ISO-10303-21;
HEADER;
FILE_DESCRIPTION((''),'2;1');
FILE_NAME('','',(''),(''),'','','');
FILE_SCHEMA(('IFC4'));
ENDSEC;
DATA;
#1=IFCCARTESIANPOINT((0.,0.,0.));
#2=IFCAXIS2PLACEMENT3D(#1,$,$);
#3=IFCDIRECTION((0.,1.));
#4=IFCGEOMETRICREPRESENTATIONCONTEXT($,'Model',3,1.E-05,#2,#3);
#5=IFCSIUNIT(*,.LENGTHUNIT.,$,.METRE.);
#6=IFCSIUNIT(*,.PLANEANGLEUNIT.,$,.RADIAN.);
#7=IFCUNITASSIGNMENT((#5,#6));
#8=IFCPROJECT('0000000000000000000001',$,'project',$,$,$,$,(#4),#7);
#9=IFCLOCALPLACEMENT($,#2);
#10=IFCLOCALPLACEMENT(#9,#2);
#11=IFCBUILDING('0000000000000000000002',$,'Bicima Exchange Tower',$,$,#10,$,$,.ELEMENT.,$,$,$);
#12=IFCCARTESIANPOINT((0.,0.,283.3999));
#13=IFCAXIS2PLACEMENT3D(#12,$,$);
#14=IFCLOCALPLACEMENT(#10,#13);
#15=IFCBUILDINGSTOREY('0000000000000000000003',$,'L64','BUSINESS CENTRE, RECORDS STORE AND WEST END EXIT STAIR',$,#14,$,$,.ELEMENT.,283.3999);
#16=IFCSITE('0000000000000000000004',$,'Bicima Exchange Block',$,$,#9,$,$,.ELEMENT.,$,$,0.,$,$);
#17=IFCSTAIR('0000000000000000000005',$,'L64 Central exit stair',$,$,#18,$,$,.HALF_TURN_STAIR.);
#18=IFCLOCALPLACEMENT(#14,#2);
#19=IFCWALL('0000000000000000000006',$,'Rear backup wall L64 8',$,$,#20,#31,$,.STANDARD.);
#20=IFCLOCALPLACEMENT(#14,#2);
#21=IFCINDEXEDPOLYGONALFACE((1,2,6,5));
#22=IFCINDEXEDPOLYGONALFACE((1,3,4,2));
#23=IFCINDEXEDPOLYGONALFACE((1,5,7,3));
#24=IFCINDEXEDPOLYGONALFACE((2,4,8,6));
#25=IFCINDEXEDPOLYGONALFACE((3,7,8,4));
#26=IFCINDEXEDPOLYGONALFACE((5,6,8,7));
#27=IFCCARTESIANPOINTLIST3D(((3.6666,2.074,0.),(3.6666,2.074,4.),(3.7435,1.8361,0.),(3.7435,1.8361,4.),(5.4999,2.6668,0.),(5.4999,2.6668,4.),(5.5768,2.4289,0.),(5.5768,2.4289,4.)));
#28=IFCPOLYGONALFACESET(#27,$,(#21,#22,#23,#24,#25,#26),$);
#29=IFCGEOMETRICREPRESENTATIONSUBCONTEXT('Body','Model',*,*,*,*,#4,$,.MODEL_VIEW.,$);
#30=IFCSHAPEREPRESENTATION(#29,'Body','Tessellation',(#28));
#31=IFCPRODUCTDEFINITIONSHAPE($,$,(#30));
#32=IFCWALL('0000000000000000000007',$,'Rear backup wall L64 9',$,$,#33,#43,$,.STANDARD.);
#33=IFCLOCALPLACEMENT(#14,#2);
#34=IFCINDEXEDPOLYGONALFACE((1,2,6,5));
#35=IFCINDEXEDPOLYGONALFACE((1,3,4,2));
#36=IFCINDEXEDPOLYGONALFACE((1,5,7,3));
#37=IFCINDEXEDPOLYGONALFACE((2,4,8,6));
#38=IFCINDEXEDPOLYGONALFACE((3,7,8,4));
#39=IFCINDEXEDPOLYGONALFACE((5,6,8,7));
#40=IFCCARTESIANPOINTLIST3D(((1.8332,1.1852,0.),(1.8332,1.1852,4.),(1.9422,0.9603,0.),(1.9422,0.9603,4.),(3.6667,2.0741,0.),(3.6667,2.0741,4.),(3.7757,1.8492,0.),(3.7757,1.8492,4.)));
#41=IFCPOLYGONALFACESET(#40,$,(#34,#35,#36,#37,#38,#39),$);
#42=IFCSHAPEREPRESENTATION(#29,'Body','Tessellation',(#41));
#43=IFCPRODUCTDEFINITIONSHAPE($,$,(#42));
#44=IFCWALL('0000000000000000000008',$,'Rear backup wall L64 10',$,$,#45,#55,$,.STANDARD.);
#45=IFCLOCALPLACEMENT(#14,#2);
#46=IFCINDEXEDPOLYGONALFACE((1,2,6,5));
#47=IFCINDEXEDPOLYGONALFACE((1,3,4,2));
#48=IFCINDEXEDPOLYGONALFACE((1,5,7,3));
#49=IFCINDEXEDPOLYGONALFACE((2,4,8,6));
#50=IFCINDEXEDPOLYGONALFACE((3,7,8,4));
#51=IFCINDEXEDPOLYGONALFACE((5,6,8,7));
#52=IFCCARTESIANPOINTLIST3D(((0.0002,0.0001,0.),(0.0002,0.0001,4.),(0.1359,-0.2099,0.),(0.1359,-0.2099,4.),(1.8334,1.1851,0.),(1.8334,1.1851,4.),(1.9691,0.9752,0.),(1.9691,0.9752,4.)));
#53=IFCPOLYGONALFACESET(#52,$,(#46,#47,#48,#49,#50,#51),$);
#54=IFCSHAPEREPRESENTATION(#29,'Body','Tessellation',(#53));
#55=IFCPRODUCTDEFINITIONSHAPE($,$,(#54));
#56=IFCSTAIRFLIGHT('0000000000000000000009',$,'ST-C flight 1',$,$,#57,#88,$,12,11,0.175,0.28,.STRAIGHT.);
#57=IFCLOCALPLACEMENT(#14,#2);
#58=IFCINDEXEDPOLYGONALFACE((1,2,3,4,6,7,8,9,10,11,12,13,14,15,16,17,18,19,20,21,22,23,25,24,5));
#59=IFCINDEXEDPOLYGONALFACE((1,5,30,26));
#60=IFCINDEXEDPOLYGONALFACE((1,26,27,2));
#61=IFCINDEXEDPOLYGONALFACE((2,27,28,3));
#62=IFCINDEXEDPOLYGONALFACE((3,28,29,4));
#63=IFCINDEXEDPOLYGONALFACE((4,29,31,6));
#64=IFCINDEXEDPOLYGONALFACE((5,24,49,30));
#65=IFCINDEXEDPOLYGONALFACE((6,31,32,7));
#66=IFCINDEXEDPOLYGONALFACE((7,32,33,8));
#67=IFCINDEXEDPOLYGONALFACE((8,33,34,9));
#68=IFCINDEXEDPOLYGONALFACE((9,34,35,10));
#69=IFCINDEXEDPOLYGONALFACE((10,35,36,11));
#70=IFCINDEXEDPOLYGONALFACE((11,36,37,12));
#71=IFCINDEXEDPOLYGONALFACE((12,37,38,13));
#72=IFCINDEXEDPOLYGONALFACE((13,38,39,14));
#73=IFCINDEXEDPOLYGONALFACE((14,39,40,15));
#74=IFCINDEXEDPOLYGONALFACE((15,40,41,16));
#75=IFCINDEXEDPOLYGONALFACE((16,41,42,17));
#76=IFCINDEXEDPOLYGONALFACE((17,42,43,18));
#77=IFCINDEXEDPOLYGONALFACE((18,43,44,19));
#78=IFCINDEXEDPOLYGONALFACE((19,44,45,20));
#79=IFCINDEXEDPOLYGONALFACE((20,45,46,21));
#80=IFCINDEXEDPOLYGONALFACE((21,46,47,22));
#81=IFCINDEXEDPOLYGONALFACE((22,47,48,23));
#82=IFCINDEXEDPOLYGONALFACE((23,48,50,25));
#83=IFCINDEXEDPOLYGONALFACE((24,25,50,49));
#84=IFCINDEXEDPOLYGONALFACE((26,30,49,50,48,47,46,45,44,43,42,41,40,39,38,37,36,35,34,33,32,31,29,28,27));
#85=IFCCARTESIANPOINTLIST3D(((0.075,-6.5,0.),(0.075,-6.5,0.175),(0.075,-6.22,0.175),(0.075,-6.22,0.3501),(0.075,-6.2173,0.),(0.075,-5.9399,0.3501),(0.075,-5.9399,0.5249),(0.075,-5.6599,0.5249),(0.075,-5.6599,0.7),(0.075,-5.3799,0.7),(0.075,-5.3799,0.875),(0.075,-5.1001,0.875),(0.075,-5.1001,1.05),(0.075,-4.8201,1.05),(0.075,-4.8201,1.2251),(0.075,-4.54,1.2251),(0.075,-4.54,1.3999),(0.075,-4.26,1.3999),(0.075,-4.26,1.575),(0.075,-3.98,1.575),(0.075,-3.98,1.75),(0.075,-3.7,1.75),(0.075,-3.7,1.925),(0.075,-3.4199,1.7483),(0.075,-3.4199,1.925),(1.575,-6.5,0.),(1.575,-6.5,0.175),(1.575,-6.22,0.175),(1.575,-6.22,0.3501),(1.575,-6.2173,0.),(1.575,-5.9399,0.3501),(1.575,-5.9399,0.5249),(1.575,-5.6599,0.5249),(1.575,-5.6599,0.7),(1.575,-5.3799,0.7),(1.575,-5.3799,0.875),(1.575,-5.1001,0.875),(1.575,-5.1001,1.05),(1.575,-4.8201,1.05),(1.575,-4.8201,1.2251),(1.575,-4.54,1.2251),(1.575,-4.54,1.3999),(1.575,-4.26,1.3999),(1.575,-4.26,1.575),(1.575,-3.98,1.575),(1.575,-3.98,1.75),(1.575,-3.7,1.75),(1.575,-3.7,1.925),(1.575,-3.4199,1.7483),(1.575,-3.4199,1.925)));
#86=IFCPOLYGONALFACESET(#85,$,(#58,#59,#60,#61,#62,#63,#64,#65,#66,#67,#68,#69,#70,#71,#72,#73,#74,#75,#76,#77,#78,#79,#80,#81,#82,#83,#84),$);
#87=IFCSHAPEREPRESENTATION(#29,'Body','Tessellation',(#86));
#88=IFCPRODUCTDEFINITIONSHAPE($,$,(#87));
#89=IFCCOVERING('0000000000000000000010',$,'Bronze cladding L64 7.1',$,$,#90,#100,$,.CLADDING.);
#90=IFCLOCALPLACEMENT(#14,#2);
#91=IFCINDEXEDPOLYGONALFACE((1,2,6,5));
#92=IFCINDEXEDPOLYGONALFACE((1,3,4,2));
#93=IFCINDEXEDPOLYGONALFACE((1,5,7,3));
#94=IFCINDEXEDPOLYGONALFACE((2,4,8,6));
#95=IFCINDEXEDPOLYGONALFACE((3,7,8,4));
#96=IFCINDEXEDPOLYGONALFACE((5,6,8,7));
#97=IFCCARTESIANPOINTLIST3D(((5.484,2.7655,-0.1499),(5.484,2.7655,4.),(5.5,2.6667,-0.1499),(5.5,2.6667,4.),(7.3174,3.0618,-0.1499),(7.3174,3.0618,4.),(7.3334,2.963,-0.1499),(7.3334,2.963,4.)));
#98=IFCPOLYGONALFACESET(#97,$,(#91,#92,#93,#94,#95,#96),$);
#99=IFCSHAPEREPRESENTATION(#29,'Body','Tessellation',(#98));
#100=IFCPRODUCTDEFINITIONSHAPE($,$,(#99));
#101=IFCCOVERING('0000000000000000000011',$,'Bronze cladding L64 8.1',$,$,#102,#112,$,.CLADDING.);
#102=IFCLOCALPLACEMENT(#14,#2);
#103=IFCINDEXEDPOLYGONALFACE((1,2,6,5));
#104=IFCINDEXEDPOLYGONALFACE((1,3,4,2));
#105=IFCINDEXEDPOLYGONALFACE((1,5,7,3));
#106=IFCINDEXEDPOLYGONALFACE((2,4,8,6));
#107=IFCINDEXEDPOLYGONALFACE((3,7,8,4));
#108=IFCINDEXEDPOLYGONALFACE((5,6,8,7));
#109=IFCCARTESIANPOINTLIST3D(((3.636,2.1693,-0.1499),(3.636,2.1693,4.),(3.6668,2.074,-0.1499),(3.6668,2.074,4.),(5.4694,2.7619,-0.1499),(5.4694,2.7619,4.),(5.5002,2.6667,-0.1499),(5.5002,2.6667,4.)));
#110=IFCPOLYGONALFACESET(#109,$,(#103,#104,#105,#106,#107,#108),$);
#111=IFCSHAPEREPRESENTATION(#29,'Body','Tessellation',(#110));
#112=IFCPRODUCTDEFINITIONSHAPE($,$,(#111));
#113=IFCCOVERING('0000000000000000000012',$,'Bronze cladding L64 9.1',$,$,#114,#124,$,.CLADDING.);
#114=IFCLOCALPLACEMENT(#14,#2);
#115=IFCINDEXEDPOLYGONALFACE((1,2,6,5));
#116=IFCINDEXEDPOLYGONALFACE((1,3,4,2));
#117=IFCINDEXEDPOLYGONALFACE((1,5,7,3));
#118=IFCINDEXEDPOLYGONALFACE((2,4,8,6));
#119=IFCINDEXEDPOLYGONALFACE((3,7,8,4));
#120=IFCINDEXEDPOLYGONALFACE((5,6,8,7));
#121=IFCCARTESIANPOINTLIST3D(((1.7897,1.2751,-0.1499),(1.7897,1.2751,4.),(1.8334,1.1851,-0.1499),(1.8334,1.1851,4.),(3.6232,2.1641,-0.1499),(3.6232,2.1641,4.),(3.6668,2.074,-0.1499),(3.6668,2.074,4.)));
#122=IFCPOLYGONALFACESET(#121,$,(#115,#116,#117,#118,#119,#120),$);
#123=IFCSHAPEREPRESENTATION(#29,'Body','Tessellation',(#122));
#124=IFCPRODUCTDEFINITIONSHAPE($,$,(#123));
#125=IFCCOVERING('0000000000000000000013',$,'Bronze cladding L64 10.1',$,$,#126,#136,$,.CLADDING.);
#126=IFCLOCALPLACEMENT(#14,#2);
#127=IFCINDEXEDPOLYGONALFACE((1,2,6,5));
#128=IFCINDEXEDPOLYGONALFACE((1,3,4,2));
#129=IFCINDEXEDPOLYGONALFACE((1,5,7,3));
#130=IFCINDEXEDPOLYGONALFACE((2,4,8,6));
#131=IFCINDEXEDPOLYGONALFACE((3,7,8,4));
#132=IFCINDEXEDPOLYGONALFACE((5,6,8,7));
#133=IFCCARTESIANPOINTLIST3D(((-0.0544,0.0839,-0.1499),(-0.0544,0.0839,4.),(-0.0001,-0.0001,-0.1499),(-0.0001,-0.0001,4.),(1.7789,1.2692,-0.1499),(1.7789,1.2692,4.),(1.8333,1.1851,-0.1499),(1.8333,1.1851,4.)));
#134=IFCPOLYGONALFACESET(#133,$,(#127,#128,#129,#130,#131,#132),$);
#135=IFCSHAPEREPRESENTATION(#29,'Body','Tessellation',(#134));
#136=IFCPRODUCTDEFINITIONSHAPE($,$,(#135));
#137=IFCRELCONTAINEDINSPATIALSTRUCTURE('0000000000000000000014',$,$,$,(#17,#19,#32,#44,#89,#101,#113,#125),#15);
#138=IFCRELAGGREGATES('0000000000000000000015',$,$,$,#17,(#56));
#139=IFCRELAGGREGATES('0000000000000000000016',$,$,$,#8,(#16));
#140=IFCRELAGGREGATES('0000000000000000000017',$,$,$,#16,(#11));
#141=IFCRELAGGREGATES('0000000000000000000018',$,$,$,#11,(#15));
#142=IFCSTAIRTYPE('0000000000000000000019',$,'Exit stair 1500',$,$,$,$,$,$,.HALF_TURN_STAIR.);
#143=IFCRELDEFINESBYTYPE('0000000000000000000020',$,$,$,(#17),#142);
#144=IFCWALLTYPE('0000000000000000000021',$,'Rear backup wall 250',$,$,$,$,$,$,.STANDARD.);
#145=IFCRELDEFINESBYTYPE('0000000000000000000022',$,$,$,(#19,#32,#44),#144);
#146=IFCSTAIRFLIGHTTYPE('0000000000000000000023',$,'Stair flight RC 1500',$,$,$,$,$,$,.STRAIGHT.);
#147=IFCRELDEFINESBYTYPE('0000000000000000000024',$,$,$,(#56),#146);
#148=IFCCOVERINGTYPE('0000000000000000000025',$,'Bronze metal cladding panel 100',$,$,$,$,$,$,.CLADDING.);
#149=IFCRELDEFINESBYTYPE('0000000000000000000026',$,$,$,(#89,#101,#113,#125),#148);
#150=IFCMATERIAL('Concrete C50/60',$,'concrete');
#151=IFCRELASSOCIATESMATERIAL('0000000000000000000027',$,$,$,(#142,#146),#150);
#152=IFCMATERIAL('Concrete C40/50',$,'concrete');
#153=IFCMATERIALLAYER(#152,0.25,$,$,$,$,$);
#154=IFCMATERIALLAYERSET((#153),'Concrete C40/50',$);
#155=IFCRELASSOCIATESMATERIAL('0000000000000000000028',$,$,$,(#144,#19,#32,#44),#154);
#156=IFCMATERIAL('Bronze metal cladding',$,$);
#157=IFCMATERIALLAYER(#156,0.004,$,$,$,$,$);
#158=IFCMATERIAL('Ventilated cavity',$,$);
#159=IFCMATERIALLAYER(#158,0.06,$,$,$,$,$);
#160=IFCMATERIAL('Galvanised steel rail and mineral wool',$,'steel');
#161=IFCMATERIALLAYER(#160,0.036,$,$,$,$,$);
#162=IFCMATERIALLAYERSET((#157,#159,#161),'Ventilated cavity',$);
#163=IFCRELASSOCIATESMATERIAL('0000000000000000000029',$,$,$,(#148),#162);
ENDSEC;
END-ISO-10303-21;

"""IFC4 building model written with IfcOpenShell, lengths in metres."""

from ifc_helpers import new_model, si_unit, direction, frame, frame_2d, origin, origin_2d, place, context, subcontext, project, spatial, polyline, rectangle, outline, extrude, material, layer, layer_set, layer_usage, type_object, element, aggregate, save


model = new_model("IFC4")

# Units and contexts
model_context = context("Model", 3, precision=1e-05, world=origin(), true_north=direction((0.0, 1.0)))
body_context = subcontext(model_context, "Body", "Model", "MODEL_VIEW")
ifc_project = project(units=[si_unit("LENGTHUNIT", "METRE"), si_unit("PLANEANGLEUNIT", "RADIAN")], contexts=[model_context])

# Site, building, storey
site_placement = place(None, origin())
site = spatial("IfcSite", under=ifc_project, at=site_placement, Name="Bicima Exchange Block", CompositionType="ELEMENT", RefElevation=0.0)
building_placement = place(site_placement, origin())
building = spatial("IfcBuilding", under=site, at=building_placement, Name="Bicima Exchange Tower", CompositionType="ELEMENT")
storey_placement = place(building_placement, frame((0.0, 0.0, 283.3999)))
storey = spatial("IfcBuildingStorey", under=building, at=storey_placement, Name="L64", Description="BUSINESS CENTRE, RECORDS STORE AND WEST END EXIT STAIR", CompositionType="ELEMENT", Elevation=283.3999)

# Stair
ifc_material_1 = material(Name="Concrete C50/60", Category="concrete")
stair_type_1 = type_object("IfcStairType", Name="Exit stair 1500", PredefinedType="HALF_TURN_STAIR", material=ifc_material_1)
stair_1_placement = place(storey_placement, origin())
stair_1 = element("IfcStair", 1, at=stair_1_placement, inside=storey, type_object=stair_type_1, Name="L64 Central exit stair", PredefinedType="HALF_TURN_STAIR")

# Shared definitions
ifc_material_2 = material(Name="Concrete C40/50", Category="concrete")

# Walls
ifc_layer_1 = layer(ifc_material_2, 0.25)
ifc_layer_set_1 = layer_set([ifc_layer_1], Name="Concrete C40/50")
ifc_layer_usage = layer_usage(ifc_layer_set_1, "AXIS2", "POSITIVE", -0.125)
wall_type_1 = type_object("IfcWallType", Name="Rear backup wall 250", PredefinedType="STANDARD", material=ifc_layer_set_1)
wall_1_placement = place(storey_placement, frame((5.5383, 2.5479, 0.0), z_axis=(0.0, 0.0, 1.0), x_axis=(-0.951496, -0.307662, 0.0)))
element("IfcWall", 2, at=wall_1_placement, inside=storey, type_object=wall_type_1, material=ifc_layer_usage, Name="Rear backup wall L64 8", PredefinedType="STANDARD", context=body_context, shape_type="SweptSolid", body=[
    extrude(rectangle(XDim=1.9268, YDim=0.25, at=frame_2d((0.9634, 0.0))), origin(), (0.0, 0.0, 1.0), 4.0),
])
wall_2_placement = place(storey_placement, frame((3.7212, 1.9617, 0.0), z_axis=(0.0, 0.0, 1.0), x_axis=(-0.899824, -0.436253, 0.0)))
element("IfcWall", 3, at=wall_2_placement, inside=storey, type_object=wall_type_1, material=ifc_layer_usage, Name="Rear backup wall L64 9", PredefinedType="STANDARD", context=body_context, shape_type="SweptSolid", body=[
    extrude(rectangle(XDim=2.0376, YDim=0.25, at=frame_2d((1.0188, 0.0))), origin(), (0.0, 0.0, 1.0), 4.0),
])
wall_3_placement = place(storey_placement, frame((1.9011, 1.0801, 0.0), z_axis=(0.0, 0.0, 1.0), x_axis=(-0.839813, -0.542876, 0.0)))
element("IfcWall", 4, at=wall_3_placement, inside=storey, type_object=wall_type_1, material=ifc_layer_usage, Name="Rear backup wall L64 10", PredefinedType="STANDARD", context=body_context, shape_type="SweptSolid", body=[
    extrude(rectangle(XDim=2.1829, YDim=0.25, at=frame_2d((1.0913, 0.0))), origin(), (0.0, 0.0, 1.0), 4.0),
])

# Stair flight
stair_flight_type = type_object("IfcStairFlightType", Name="Stair flight RC 1500", PredefinedType="STRAIGHT", material=ifc_material_1)
stair_flight_placement = place(storey_placement, frame((0.825, -6.5, 0.0), z_axis=(0.0, 0.0, 1.0), x_axis=(0.0, 1.0, 0.0)))
stair_flight = element("IfcStairFlight", 5, at=stair_flight_placement, type_object=stair_flight_type, Name="ST-C flight 1", NumberOfRisers=12, NumberOfTreads=11, PredefinedType="STRAIGHT", RiserHeight=0.175, TreadLength=0.28, context=body_context, shape_type="SweptSolid", body=[
    extrude(outline(polyline([(0.0, 0.0), (0.0, 0.175), (0.28, 0.175), (0.28, 0.3501), (0.5601, 0.3501), (0.5601, 0.5249), (0.8401, 0.5249), (0.8401, 0.7), (1.1201, 0.7), (1.1201, 0.875), (1.3999, 0.875), (1.3999, 1.05), (1.6799, 1.05), (1.6799, 1.2251), (1.96, 1.2251), (1.96, 1.3999), (2.24, 1.3999), (2.24, 1.575), (2.52, 1.575), (2.52, 1.75), (2.8, 1.75), (2.8, 1.925), (3.0801, 1.925), (3.0801, 2.1001), (3.0801, 1.7483), (0.2827, 0.0), (0.0, 0.0)])), frame((0.0, 0.75, 0.0), z_axis=(0.0, -1.0, 0.0), x_axis=(1.0, 0.0, 0.0)), (0.0, 0.0, 1.0), 1.5),
])
aggregate(stair_1, [stair_flight])

# Coverings
ifc_material_3 = material(Name="Bronze metal cladding")
ifc_layer_2 = layer(ifc_material_3, 0.004)
ifc_material_4 = material(Name="Ventilated cavity")
ifc_layer_3 = layer(ifc_material_4, 0.06)
ifc_material_5 = material(Name="Galvanised steel rail and mineral wool", Category="steel")
ifc_layer_4 = layer(ifc_material_5, 0.036)
ifc_layer_set_2 = layer_set([ifc_layer_2, ifc_layer_3, ifc_layer_4], Name="Ventilated cavity")
covering_type = type_object("IfcCoveringType", Name="Bronze metal cladding panel 100", PredefinedType="CLADDING", material=ifc_layer_set_2)
covering_1_placement = place(storey_placement, frame((6.4087, 2.8643, -0.1499), z_axis=(0.0, 0.0, 1.0), x_axis=(-0.98719, -0.15955, 0.0)))
element("IfcCovering", 6, at=covering_1_placement, inside=storey, type_object=covering_type, Name="Bronze cladding L64 7.1", PredefinedType="CLADDING", context=body_context, shape_type="SweptSolid", body=[
    extrude(rectangle(XDim=1.8572, YDim=0.1001, at=origin_2d()), origin(), (0.0, 0.0, 1.0), 4.1499),
])
covering_2_placement = place(storey_placement, frame((4.5681, 2.418, -0.1499), z_axis=(0.0, 0.0, 1.0), x_axis=(-0.951525, -0.307573, 0.0)))
element("IfcCovering", 7, at=covering_2_placement, inside=storey, type_object=covering_type, Name="Bronze cladding L64 8.1", PredefinedType="CLADDING", context=body_context, shape_type="SweptSolid", body=[
    extrude(rectangle(XDim=1.9268, YDim=0.1001, at=origin_2d()), origin(), (0.0, 0.0, 1.0), 4.1499),
])
covering_3_placement = place(storey_placement, frame((2.7283, 1.6746, -0.1499), z_axis=(0.0, 0.0, 1.0), x_axis=(-0.899818, -0.436265, 0.0)))
element("IfcCovering", 8, at=covering_3_placement, inside=storey, type_object=covering_type, Name="Bronze cladding L64 9.1", PredefinedType="CLADDING", context=body_context, shape_type="SweptSolid", body=[
    extrude(rectangle(XDim=2.0376, YDim=0.1001, at=origin_2d()), origin(), (0.0, 0.0, 1.0), 4.1499),
])
covering_4_placement = place(storey_placement, frame((0.8894, 0.6345, -0.1499), z_axis=(0.0, 0.0, 1.0), x_axis=(-0.83979, -0.542911, 0.0)))
element("IfcCovering", 9, at=covering_4_placement, inside=storey, type_object=covering_type, Name="Bronze cladding L64 10.1", PredefinedType="CLADDING", context=body_context, shape_type="SweptSolid", body=[
    extrude(rectangle(XDim=2.1831, YDim=0.1001, at=origin_2d()), origin(), (0.0, 0.0, 1.0), 4.1499),
])

save(model, "model.ifc")
